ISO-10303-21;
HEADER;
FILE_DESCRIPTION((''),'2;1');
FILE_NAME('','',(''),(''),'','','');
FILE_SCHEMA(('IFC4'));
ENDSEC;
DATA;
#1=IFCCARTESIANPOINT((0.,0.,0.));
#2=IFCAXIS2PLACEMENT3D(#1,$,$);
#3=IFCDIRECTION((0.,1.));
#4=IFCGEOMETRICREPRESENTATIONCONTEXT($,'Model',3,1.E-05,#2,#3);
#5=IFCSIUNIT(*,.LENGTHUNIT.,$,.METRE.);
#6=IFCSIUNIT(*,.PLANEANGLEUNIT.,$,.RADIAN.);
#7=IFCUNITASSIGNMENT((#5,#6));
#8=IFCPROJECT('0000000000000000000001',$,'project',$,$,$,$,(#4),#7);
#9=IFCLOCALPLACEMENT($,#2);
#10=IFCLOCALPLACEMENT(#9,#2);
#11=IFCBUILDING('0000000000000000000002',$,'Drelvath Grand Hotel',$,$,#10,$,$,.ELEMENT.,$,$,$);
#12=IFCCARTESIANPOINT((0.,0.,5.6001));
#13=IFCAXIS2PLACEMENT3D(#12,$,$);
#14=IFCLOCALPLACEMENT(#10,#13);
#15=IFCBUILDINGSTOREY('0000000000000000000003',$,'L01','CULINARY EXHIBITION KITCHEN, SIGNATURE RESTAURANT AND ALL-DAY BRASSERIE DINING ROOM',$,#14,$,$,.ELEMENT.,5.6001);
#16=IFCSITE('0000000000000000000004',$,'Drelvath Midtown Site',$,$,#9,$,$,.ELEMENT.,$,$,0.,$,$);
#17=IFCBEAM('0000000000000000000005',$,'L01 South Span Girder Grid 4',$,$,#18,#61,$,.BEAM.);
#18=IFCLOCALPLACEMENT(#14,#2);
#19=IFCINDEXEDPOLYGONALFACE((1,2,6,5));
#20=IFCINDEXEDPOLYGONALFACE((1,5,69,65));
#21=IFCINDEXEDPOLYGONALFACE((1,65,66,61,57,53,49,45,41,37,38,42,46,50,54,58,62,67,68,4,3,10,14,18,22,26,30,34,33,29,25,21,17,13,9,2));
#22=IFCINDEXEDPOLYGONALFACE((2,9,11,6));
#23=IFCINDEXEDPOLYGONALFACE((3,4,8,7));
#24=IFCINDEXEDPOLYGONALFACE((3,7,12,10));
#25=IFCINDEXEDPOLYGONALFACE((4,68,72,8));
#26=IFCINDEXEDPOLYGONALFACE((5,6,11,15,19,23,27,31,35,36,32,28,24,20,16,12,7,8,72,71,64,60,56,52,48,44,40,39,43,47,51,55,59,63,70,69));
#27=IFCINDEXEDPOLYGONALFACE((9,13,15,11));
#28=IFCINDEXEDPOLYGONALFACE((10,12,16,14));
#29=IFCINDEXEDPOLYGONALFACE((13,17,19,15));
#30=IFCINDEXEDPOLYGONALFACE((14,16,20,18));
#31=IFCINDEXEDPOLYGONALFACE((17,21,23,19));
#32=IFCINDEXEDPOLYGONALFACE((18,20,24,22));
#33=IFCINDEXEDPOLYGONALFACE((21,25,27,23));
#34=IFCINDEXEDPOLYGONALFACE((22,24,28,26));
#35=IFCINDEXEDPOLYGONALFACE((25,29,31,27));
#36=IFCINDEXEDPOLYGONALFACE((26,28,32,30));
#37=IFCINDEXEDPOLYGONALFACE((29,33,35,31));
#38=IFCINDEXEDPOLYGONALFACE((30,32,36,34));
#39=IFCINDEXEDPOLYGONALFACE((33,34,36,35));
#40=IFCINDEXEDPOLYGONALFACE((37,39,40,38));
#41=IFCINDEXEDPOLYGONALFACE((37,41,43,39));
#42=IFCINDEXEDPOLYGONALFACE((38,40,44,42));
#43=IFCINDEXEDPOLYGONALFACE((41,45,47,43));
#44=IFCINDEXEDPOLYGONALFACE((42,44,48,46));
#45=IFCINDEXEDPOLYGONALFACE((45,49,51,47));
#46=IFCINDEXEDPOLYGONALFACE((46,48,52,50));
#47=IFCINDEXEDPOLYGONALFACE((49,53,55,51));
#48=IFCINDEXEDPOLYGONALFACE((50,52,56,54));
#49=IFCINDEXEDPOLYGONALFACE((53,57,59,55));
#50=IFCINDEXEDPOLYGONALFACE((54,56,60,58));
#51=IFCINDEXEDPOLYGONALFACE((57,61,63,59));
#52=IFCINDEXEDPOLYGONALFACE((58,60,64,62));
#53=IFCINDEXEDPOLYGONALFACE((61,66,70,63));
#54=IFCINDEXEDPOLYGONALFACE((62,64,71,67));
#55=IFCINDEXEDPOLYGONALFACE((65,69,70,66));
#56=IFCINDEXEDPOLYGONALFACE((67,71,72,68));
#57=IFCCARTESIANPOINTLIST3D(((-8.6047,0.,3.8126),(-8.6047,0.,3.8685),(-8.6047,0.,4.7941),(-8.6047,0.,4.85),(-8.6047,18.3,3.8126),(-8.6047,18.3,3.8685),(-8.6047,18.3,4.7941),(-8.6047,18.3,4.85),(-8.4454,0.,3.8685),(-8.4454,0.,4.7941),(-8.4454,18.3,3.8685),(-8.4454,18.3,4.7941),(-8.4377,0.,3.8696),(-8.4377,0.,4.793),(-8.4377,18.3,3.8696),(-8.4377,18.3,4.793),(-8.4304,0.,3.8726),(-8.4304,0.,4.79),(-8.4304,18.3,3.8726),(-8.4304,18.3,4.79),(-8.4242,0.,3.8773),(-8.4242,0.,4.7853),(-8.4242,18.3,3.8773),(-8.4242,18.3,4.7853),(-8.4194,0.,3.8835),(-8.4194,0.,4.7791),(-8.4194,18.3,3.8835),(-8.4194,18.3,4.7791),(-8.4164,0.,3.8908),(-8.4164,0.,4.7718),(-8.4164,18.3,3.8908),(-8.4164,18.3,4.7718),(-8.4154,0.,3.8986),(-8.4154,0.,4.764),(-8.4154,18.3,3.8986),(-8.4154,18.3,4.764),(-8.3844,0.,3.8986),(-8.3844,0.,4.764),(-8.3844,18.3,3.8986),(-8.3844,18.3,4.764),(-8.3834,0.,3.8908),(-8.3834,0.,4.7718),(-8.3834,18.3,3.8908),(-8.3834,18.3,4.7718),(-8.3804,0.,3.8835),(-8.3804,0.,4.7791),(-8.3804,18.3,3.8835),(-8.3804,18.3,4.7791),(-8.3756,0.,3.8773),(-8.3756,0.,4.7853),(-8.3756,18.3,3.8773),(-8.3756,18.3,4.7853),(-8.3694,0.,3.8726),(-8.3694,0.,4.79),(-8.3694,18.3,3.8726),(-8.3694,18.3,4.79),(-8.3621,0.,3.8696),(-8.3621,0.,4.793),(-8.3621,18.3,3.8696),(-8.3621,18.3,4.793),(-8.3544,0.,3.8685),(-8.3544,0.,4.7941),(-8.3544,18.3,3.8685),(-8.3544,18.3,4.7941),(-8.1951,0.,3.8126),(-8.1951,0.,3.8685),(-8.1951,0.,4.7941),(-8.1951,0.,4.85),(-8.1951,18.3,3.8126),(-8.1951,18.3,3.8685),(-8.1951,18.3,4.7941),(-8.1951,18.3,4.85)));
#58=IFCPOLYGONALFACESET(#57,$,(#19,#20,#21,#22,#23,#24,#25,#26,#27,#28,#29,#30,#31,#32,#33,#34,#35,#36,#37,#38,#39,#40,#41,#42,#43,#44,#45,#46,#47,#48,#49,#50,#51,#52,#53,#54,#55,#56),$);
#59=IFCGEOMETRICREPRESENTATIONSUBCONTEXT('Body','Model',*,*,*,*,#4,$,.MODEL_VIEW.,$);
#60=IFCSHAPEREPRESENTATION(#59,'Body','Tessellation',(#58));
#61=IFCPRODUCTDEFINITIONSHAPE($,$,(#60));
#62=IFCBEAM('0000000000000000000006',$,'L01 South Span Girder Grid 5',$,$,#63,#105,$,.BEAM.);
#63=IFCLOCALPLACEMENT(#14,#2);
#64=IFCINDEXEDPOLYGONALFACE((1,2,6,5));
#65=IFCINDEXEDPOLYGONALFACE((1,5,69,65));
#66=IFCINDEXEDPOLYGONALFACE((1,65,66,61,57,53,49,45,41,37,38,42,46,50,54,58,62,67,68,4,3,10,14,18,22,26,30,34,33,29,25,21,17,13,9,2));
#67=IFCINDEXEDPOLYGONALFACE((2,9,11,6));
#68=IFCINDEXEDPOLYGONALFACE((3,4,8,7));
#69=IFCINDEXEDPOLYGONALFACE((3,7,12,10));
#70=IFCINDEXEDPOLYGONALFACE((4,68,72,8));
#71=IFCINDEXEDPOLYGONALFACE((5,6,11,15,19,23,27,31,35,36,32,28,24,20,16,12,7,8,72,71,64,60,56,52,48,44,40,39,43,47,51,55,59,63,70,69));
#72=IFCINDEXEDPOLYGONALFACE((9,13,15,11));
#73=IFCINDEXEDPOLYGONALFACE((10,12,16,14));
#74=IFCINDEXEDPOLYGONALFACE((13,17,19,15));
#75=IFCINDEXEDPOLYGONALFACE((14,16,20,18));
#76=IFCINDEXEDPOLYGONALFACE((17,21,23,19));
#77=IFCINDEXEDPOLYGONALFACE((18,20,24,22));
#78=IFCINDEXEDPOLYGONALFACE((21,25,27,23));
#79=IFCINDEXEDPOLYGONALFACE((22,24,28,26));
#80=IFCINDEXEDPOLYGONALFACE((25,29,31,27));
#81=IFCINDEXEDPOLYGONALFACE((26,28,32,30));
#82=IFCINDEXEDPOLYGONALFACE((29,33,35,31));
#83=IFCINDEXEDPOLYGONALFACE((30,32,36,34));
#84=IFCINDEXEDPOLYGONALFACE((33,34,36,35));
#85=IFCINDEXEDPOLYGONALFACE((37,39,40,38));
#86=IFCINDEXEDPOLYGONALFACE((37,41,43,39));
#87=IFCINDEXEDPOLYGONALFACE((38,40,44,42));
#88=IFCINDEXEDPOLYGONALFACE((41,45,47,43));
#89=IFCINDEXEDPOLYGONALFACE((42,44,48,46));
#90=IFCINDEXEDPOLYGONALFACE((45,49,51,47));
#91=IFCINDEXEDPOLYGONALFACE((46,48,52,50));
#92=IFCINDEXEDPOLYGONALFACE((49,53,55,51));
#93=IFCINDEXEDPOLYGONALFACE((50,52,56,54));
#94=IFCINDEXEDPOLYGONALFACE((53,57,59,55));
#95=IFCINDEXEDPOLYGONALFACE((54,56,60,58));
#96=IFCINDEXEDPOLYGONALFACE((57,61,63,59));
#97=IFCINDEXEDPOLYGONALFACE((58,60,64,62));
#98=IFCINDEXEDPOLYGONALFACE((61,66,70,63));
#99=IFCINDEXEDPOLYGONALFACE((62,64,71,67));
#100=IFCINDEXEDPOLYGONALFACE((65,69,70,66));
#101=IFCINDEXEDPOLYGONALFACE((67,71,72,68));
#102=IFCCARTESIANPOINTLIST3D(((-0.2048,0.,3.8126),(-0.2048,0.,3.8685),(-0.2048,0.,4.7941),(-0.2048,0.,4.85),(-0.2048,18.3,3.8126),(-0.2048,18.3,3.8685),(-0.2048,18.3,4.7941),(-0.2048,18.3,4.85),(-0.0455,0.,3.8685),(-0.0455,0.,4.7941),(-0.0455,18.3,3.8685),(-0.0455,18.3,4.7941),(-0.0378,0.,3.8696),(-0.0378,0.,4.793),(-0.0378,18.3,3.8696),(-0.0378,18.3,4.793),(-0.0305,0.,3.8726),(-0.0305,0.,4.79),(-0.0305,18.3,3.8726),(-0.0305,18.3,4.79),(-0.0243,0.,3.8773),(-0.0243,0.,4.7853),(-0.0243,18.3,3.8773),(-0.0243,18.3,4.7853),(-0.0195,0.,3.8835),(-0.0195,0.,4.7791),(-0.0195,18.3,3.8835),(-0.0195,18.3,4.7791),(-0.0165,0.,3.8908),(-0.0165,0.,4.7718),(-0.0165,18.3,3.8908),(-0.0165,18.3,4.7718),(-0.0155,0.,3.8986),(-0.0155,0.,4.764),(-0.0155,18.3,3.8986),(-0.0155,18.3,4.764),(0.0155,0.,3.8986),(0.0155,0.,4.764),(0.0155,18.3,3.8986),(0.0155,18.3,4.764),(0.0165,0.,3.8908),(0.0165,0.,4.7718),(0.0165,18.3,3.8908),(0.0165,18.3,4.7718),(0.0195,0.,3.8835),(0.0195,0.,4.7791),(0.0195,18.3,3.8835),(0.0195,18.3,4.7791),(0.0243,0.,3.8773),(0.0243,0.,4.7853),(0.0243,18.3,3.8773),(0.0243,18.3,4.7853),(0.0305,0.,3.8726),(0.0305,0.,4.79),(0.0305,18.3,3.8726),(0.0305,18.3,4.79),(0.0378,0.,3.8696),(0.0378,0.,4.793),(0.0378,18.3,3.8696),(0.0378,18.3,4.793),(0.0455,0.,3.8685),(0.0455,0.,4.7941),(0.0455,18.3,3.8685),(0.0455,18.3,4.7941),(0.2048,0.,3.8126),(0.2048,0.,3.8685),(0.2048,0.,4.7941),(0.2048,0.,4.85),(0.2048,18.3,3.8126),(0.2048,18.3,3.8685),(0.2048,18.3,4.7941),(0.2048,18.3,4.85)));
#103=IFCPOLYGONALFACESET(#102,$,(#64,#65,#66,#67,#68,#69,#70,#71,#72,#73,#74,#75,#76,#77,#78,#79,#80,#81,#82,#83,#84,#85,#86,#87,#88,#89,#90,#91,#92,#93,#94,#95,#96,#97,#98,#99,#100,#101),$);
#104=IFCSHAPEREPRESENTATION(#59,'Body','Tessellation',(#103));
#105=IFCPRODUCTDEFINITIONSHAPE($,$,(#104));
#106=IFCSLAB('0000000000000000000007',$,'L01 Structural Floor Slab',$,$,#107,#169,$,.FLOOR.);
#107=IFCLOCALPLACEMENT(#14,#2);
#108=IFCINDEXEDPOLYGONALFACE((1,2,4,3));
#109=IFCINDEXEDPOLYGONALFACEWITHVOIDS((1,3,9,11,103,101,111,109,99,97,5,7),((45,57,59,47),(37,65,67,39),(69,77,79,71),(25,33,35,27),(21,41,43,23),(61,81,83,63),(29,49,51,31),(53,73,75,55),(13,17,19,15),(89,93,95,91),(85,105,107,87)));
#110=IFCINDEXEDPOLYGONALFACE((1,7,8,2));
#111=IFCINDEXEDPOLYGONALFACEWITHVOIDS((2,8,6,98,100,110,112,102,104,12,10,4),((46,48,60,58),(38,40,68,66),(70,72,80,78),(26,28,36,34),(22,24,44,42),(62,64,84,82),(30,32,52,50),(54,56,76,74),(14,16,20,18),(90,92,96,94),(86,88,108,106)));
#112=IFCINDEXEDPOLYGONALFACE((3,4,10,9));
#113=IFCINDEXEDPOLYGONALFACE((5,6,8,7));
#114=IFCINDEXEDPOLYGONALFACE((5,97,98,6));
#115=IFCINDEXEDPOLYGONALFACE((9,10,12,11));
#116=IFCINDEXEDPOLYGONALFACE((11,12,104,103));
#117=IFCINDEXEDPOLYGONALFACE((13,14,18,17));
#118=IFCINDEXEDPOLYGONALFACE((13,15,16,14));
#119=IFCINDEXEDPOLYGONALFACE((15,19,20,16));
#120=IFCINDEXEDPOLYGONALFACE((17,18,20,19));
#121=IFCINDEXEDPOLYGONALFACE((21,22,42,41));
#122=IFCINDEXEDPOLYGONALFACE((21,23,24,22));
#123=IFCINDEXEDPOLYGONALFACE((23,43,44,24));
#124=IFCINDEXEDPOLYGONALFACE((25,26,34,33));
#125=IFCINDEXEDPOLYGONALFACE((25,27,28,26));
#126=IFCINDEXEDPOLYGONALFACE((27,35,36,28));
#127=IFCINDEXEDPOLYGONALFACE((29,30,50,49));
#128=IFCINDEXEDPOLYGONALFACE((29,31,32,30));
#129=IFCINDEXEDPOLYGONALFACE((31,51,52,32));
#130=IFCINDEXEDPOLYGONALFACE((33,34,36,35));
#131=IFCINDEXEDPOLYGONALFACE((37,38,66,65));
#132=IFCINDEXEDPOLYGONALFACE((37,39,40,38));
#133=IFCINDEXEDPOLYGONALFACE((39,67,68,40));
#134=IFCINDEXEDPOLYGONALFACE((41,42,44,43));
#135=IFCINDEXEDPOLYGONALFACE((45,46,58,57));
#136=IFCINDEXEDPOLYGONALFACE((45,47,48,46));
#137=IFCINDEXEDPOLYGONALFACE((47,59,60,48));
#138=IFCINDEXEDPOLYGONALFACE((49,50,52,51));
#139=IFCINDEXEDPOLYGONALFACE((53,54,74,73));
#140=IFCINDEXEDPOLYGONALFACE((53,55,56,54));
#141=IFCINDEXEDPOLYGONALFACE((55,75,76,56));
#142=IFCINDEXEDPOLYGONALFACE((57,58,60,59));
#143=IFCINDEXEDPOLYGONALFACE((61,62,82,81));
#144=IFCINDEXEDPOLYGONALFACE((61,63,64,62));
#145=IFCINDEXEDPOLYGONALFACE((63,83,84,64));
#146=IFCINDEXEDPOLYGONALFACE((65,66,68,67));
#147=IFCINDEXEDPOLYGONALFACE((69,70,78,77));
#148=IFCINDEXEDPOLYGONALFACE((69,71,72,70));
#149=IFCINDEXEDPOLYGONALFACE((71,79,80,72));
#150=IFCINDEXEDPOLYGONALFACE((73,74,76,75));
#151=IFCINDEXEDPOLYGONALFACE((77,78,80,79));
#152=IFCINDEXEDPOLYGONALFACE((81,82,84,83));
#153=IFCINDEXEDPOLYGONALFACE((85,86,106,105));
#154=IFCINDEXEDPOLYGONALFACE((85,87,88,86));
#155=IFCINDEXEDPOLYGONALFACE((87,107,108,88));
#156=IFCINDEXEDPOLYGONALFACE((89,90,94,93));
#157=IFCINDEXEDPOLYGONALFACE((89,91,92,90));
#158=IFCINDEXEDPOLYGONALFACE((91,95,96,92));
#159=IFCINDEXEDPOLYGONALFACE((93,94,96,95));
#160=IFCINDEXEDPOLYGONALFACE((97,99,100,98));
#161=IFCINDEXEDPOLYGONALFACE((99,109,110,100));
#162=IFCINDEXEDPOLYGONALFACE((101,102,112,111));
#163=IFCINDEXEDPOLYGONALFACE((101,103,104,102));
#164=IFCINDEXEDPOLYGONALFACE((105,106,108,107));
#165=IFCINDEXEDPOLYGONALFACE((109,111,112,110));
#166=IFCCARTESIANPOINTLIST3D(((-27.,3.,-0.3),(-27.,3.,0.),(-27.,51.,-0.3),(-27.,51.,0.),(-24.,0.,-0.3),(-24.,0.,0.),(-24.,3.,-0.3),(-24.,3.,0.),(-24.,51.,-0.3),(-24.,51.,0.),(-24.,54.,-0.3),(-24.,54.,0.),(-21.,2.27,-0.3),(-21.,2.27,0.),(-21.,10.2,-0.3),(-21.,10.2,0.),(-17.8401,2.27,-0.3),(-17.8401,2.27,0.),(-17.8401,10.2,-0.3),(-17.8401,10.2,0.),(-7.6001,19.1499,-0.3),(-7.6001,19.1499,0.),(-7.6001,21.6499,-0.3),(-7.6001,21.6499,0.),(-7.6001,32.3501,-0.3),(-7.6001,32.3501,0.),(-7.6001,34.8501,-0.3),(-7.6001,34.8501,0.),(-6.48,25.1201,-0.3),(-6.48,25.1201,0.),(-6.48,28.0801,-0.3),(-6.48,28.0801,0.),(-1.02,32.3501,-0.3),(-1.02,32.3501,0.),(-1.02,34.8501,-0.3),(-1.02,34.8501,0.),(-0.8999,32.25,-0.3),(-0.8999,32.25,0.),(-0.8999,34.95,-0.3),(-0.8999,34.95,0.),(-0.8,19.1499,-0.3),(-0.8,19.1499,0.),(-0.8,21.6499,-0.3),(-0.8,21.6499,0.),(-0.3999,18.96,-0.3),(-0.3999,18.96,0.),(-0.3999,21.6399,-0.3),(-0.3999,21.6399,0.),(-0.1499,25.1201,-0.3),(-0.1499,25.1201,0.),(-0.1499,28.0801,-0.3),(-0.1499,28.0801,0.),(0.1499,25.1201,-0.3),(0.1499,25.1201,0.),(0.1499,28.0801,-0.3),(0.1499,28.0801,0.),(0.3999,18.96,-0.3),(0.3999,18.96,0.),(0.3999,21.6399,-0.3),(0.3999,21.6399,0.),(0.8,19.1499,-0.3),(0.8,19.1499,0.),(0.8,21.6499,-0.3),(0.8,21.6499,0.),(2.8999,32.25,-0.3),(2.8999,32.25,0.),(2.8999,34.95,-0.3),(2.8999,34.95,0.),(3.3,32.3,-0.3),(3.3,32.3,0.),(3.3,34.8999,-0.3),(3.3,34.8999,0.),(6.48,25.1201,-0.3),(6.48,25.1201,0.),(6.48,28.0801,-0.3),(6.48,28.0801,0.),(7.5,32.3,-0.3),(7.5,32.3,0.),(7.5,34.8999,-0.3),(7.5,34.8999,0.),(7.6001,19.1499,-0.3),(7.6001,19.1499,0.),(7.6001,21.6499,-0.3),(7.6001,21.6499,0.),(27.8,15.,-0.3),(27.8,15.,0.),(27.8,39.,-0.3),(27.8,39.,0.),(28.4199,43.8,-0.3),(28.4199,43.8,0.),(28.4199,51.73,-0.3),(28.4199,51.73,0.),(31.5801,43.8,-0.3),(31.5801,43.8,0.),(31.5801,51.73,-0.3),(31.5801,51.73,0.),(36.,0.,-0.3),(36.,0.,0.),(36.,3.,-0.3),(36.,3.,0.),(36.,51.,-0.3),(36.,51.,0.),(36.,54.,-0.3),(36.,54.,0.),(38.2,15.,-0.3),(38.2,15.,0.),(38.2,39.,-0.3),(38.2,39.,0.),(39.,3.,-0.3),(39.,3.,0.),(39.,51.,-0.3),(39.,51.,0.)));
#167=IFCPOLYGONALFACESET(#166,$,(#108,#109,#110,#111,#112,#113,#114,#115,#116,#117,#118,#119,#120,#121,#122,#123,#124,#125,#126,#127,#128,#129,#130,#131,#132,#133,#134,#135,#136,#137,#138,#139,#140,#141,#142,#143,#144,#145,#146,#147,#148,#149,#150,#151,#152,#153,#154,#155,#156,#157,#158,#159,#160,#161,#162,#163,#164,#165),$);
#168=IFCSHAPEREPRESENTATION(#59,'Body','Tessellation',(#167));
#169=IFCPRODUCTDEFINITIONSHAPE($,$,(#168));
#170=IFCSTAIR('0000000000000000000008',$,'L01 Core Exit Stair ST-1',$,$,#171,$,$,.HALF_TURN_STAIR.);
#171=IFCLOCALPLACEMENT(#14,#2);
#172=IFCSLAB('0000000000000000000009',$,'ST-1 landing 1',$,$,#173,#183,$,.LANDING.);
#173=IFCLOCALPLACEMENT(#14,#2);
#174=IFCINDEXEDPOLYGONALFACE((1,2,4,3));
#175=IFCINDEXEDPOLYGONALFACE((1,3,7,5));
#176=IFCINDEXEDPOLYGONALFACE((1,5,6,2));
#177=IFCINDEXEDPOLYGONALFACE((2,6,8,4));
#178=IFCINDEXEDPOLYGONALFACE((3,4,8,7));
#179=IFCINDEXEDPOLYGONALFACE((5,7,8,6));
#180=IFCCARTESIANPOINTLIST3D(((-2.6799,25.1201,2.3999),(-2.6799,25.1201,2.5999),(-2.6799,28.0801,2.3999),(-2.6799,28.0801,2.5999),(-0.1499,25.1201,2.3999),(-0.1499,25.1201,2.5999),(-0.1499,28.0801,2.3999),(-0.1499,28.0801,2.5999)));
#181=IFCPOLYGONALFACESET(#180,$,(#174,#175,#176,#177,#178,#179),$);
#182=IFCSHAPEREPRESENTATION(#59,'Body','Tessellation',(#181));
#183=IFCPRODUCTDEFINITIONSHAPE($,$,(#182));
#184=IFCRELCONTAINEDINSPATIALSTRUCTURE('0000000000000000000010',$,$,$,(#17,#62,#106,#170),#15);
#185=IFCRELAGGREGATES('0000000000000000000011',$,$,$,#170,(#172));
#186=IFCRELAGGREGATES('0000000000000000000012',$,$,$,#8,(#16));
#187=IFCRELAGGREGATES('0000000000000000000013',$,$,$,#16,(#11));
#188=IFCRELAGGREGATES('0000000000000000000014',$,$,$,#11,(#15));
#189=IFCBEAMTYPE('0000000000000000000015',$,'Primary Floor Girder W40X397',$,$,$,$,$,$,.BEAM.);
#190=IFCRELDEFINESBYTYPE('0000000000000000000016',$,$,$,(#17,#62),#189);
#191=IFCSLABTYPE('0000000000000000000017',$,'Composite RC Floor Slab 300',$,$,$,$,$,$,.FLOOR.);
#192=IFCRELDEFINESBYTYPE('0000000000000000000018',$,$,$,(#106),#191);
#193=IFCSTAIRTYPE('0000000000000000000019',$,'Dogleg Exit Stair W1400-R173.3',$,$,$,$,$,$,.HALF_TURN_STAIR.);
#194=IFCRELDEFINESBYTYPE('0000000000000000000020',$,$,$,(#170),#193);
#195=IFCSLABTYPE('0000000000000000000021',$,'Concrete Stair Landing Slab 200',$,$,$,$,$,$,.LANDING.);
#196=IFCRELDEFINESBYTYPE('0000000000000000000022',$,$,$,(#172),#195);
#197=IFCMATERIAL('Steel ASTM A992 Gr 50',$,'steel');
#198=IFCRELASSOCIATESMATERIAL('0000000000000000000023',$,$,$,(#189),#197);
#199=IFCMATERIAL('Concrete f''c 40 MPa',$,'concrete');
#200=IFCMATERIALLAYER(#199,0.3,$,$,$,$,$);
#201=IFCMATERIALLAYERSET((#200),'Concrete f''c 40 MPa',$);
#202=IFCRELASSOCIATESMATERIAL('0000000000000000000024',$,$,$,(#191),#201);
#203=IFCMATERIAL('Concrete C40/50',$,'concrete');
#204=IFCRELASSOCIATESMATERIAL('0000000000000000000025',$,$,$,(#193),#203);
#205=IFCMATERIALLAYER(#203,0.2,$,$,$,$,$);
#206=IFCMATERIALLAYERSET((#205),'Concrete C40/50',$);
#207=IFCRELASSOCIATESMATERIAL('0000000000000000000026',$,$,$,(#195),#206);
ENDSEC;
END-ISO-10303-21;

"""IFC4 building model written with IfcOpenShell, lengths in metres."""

from ifc_helpers import new_model, si_unit, direction, frame, origin, origin_2d, place, context, subcontext, project, spatial, polyline, i_section, outline, extrude, material, layer, layer_set, material_profile, profile_set, type_object, element, aggregate, save


model = new_model("IFC4")

# Units and contexts
model_context = context("Model", 3, precision=1e-05, world=origin(), true_north=direction((0.0, 1.0)))
body_context = subcontext(model_context, "Body", "Model", "MODEL_VIEW")
ifc_project = project(units=[si_unit("LENGTHUNIT", "METRE"), si_unit("PLANEANGLEUNIT", "RADIAN")], contexts=[model_context])

# Site, building, storey
site_placement = place(None, origin())
site = spatial("IfcSite", under=ifc_project, at=site_placement, Name="Drelvath Midtown Site", CompositionType="ELEMENT", RefElevation=0.0)
building_placement = place(site_placement, origin())
building = spatial("IfcBuilding", under=site, at=building_placement, Name="Drelvath Grand Hotel", CompositionType="ELEMENT")
storey_placement = place(building_placement, frame((0.0, 0.0, 5.6001)))
storey = spatial("IfcBuildingStorey", under=building, at=storey_placement, Name="L01", Description="CULINARY EXHIBITION KITCHEN, SIGNATURE RESTAURANT AND ALL-DAY BRASSERIE DINING ROOM", CompositionType="ELEMENT", Elevation=5.6001)

# Beams
ifc_material_1 = material(Name="Steel ASTM A992 Gr 50", Category="steel")
ifc_material_profile_1 = material_profile(ifc_material_1, i_section(OverallWidth=0.4097, OverallDepth=1.0374, WebThickness=0.031, FlangeThickness=0.0559, FilletRadius=0.03, at=origin_2d()), Name="W40X397")
ifc_profile_set_1 = profile_set([ifc_material_profile_1], Name="Steel ASTM A992 Gr 50")
beam_type_1 = type_object("IfcBeamType", Name="Primary Floor Girder W40X397", PredefinedType="BEAM", material=ifc_profile_set_1)
for number, where, z_axis, x_axis, name in (
    (1, (-8.3999, 0.0, 4.3313), (0.0, 1.0, 0.0), (-1.0, 0.0, 0.0), "L01 South Span Girder Grid 4"),
    (2, (0.0, 0.0, 4.3313), (0.0, 1.0, 0.0), (-1.0, 0.0, 0.0), "L01 South Span Girder Grid 5"),
):
    element("IfcBeam", number, at=place(storey_placement, frame(where, z_axis=z_axis, x_axis=x_axis)), inside=storey, type_object=beam_type_1, Name=name, PredefinedType="BEAM", context=body_context, shape_type="SweptSolid", body=[
        extrude(i_section(OverallWidth=0.4097, OverallDepth=1.0374, WebThickness=0.031, FlangeThickness=0.0559, FilletRadius=0.03, at=origin_2d()), origin(), (0.0, 0.0, 1.0), 18.3),
    ])

# Slab
ifc_material_2 = material(Name="Concrete f'c 40 MPa", Category="concrete")
ifc_layer_1 = layer(ifc_material_2, 0.3)
ifc_layer_set_1 = layer_set([ifc_layer_1], Name="Concrete f'c 40 MPa")
slab_type_1 = type_object("IfcSlabType", Name="Composite RC Floor Slab 300", PredefinedType="FLOOR", material=ifc_layer_set_1)
slab_1_placement = place(storey_placement, frame((0.0, 0.0, -0.3)))
element("IfcSlab", 3, at=slab_1_placement, inside=storey, type_object=slab_type_1, Name="L01 Structural Floor Slab", PredefinedType="FLOOR", context=body_context, shape_type="SweptSolid", body=[
    extrude(outline(polyline([(-24.0, 0.0), (36.0, 0.0), (36.0, 3.0), (39.0, 3.0), (39.0, 51.0), (36.0, 51.0), (36.0, 54.0), (-24.0, 54.0), (-24.0, 51.0), (-27.0, 51.0), (-27.0, 3.0), (-24.0, 3.0), (-24.0, 0.0)]), holes=[polyline([(-6.48, 25.1201), (-6.48, 28.0801), (-0.1499, 28.0801), (-0.1499, 25.1201), (-6.48, 25.1201)]), polyline([(0.1499, 25.1201), (0.1499, 28.0801), (6.48, 28.0801), (6.48, 25.1201), (0.1499, 25.1201)]), polyline([(-21.0, 2.27), (-21.0, 10.2), (-17.8401, 10.2), (-17.8401, 2.27), (-21.0, 2.27)]), polyline([(28.4199, 43.8), (28.4199, 51.73), (31.5801, 51.73), (31.5801, 43.8), (28.4199, 43.8)]), polyline([(-7.6001, 19.1499), (-7.6001, 21.6499), (-0.8, 21.6499), (-0.8, 19.1499), (-7.6001, 19.1499)]), polyline([(-0.3999, 18.96), (-0.3999, 21.6399), (0.3999, 21.6399), (0.3999, 18.96), (-0.3999, 18.96)]), polyline([(0.8, 19.1499), (0.8, 21.6499), (7.6001, 21.6499), (7.6001, 19.1499), (0.8, 19.1499)]), polyline([(-7.6001, 32.3501), (-7.6001, 34.8501), (-1.02, 34.8501), (-1.02, 32.3501), (-7.6001, 32.3501)]), polyline([(-0.8999, 32.25), (-0.8999, 34.95), (2.8999, 34.95), (2.8999, 32.25), (-0.8999, 32.25)]), polyline([(3.3, 32.3), (3.3, 34.8999), (7.5, 34.8999), (7.5, 32.3), (3.3, 32.3)]), polyline([(27.8, 15.0), (27.8, 39.0), (38.2, 39.0), (38.2, 15.0), (27.8, 15.0)])]), origin(), (0.0, 0.0, 1.0), 0.3),
])

# Stair, slab
ifc_material_3 = material(Name="Concrete C40/50", Category="concrete")
stair_type_1 = type_object("IfcStairType", Name="Dogleg Exit Stair W1400-R173.3", PredefinedType="HALF_TURN_STAIR", material=ifc_material_3)
stair_1_placement = place(storey_placement, origin())
stair_1 = element("IfcStair", 4, at=stair_1_placement, inside=storey, type_object=stair_type_1, Name="L01 Core Exit Stair ST-1", PredefinedType="HALF_TURN_STAIR")
ifc_layer_2 = layer(ifc_material_3, 0.2)
ifc_layer_set_2 = layer_set([ifc_layer_2], Name="Concrete C40/50")
slab_type_2 = type_object("IfcSlabType", Name="Concrete Stair Landing Slab 200", PredefinedType="LANDING", material=ifc_layer_set_2)
slab_2_placement = place(storey_placement, frame((0.0, 0.0, 2.3999)))
slab_2 = element("IfcSlab", 5, at=slab_2_placement, type_object=slab_type_2, Name="ST-1 landing 1", PredefinedType="LANDING", context=body_context, shape_type="SweptSolid", body=[
    extrude(outline(polyline([(-2.6799, 25.1201), (-0.1499, 25.1201), (-0.1499, 28.0801), (-2.6799, 28.0801), (-2.6799, 25.1201)])), origin(), (0.0, 0.0, 1.0), 0.2),
])
aggregate(stair_1, [slab_2])

save(model, "model.ifc")
